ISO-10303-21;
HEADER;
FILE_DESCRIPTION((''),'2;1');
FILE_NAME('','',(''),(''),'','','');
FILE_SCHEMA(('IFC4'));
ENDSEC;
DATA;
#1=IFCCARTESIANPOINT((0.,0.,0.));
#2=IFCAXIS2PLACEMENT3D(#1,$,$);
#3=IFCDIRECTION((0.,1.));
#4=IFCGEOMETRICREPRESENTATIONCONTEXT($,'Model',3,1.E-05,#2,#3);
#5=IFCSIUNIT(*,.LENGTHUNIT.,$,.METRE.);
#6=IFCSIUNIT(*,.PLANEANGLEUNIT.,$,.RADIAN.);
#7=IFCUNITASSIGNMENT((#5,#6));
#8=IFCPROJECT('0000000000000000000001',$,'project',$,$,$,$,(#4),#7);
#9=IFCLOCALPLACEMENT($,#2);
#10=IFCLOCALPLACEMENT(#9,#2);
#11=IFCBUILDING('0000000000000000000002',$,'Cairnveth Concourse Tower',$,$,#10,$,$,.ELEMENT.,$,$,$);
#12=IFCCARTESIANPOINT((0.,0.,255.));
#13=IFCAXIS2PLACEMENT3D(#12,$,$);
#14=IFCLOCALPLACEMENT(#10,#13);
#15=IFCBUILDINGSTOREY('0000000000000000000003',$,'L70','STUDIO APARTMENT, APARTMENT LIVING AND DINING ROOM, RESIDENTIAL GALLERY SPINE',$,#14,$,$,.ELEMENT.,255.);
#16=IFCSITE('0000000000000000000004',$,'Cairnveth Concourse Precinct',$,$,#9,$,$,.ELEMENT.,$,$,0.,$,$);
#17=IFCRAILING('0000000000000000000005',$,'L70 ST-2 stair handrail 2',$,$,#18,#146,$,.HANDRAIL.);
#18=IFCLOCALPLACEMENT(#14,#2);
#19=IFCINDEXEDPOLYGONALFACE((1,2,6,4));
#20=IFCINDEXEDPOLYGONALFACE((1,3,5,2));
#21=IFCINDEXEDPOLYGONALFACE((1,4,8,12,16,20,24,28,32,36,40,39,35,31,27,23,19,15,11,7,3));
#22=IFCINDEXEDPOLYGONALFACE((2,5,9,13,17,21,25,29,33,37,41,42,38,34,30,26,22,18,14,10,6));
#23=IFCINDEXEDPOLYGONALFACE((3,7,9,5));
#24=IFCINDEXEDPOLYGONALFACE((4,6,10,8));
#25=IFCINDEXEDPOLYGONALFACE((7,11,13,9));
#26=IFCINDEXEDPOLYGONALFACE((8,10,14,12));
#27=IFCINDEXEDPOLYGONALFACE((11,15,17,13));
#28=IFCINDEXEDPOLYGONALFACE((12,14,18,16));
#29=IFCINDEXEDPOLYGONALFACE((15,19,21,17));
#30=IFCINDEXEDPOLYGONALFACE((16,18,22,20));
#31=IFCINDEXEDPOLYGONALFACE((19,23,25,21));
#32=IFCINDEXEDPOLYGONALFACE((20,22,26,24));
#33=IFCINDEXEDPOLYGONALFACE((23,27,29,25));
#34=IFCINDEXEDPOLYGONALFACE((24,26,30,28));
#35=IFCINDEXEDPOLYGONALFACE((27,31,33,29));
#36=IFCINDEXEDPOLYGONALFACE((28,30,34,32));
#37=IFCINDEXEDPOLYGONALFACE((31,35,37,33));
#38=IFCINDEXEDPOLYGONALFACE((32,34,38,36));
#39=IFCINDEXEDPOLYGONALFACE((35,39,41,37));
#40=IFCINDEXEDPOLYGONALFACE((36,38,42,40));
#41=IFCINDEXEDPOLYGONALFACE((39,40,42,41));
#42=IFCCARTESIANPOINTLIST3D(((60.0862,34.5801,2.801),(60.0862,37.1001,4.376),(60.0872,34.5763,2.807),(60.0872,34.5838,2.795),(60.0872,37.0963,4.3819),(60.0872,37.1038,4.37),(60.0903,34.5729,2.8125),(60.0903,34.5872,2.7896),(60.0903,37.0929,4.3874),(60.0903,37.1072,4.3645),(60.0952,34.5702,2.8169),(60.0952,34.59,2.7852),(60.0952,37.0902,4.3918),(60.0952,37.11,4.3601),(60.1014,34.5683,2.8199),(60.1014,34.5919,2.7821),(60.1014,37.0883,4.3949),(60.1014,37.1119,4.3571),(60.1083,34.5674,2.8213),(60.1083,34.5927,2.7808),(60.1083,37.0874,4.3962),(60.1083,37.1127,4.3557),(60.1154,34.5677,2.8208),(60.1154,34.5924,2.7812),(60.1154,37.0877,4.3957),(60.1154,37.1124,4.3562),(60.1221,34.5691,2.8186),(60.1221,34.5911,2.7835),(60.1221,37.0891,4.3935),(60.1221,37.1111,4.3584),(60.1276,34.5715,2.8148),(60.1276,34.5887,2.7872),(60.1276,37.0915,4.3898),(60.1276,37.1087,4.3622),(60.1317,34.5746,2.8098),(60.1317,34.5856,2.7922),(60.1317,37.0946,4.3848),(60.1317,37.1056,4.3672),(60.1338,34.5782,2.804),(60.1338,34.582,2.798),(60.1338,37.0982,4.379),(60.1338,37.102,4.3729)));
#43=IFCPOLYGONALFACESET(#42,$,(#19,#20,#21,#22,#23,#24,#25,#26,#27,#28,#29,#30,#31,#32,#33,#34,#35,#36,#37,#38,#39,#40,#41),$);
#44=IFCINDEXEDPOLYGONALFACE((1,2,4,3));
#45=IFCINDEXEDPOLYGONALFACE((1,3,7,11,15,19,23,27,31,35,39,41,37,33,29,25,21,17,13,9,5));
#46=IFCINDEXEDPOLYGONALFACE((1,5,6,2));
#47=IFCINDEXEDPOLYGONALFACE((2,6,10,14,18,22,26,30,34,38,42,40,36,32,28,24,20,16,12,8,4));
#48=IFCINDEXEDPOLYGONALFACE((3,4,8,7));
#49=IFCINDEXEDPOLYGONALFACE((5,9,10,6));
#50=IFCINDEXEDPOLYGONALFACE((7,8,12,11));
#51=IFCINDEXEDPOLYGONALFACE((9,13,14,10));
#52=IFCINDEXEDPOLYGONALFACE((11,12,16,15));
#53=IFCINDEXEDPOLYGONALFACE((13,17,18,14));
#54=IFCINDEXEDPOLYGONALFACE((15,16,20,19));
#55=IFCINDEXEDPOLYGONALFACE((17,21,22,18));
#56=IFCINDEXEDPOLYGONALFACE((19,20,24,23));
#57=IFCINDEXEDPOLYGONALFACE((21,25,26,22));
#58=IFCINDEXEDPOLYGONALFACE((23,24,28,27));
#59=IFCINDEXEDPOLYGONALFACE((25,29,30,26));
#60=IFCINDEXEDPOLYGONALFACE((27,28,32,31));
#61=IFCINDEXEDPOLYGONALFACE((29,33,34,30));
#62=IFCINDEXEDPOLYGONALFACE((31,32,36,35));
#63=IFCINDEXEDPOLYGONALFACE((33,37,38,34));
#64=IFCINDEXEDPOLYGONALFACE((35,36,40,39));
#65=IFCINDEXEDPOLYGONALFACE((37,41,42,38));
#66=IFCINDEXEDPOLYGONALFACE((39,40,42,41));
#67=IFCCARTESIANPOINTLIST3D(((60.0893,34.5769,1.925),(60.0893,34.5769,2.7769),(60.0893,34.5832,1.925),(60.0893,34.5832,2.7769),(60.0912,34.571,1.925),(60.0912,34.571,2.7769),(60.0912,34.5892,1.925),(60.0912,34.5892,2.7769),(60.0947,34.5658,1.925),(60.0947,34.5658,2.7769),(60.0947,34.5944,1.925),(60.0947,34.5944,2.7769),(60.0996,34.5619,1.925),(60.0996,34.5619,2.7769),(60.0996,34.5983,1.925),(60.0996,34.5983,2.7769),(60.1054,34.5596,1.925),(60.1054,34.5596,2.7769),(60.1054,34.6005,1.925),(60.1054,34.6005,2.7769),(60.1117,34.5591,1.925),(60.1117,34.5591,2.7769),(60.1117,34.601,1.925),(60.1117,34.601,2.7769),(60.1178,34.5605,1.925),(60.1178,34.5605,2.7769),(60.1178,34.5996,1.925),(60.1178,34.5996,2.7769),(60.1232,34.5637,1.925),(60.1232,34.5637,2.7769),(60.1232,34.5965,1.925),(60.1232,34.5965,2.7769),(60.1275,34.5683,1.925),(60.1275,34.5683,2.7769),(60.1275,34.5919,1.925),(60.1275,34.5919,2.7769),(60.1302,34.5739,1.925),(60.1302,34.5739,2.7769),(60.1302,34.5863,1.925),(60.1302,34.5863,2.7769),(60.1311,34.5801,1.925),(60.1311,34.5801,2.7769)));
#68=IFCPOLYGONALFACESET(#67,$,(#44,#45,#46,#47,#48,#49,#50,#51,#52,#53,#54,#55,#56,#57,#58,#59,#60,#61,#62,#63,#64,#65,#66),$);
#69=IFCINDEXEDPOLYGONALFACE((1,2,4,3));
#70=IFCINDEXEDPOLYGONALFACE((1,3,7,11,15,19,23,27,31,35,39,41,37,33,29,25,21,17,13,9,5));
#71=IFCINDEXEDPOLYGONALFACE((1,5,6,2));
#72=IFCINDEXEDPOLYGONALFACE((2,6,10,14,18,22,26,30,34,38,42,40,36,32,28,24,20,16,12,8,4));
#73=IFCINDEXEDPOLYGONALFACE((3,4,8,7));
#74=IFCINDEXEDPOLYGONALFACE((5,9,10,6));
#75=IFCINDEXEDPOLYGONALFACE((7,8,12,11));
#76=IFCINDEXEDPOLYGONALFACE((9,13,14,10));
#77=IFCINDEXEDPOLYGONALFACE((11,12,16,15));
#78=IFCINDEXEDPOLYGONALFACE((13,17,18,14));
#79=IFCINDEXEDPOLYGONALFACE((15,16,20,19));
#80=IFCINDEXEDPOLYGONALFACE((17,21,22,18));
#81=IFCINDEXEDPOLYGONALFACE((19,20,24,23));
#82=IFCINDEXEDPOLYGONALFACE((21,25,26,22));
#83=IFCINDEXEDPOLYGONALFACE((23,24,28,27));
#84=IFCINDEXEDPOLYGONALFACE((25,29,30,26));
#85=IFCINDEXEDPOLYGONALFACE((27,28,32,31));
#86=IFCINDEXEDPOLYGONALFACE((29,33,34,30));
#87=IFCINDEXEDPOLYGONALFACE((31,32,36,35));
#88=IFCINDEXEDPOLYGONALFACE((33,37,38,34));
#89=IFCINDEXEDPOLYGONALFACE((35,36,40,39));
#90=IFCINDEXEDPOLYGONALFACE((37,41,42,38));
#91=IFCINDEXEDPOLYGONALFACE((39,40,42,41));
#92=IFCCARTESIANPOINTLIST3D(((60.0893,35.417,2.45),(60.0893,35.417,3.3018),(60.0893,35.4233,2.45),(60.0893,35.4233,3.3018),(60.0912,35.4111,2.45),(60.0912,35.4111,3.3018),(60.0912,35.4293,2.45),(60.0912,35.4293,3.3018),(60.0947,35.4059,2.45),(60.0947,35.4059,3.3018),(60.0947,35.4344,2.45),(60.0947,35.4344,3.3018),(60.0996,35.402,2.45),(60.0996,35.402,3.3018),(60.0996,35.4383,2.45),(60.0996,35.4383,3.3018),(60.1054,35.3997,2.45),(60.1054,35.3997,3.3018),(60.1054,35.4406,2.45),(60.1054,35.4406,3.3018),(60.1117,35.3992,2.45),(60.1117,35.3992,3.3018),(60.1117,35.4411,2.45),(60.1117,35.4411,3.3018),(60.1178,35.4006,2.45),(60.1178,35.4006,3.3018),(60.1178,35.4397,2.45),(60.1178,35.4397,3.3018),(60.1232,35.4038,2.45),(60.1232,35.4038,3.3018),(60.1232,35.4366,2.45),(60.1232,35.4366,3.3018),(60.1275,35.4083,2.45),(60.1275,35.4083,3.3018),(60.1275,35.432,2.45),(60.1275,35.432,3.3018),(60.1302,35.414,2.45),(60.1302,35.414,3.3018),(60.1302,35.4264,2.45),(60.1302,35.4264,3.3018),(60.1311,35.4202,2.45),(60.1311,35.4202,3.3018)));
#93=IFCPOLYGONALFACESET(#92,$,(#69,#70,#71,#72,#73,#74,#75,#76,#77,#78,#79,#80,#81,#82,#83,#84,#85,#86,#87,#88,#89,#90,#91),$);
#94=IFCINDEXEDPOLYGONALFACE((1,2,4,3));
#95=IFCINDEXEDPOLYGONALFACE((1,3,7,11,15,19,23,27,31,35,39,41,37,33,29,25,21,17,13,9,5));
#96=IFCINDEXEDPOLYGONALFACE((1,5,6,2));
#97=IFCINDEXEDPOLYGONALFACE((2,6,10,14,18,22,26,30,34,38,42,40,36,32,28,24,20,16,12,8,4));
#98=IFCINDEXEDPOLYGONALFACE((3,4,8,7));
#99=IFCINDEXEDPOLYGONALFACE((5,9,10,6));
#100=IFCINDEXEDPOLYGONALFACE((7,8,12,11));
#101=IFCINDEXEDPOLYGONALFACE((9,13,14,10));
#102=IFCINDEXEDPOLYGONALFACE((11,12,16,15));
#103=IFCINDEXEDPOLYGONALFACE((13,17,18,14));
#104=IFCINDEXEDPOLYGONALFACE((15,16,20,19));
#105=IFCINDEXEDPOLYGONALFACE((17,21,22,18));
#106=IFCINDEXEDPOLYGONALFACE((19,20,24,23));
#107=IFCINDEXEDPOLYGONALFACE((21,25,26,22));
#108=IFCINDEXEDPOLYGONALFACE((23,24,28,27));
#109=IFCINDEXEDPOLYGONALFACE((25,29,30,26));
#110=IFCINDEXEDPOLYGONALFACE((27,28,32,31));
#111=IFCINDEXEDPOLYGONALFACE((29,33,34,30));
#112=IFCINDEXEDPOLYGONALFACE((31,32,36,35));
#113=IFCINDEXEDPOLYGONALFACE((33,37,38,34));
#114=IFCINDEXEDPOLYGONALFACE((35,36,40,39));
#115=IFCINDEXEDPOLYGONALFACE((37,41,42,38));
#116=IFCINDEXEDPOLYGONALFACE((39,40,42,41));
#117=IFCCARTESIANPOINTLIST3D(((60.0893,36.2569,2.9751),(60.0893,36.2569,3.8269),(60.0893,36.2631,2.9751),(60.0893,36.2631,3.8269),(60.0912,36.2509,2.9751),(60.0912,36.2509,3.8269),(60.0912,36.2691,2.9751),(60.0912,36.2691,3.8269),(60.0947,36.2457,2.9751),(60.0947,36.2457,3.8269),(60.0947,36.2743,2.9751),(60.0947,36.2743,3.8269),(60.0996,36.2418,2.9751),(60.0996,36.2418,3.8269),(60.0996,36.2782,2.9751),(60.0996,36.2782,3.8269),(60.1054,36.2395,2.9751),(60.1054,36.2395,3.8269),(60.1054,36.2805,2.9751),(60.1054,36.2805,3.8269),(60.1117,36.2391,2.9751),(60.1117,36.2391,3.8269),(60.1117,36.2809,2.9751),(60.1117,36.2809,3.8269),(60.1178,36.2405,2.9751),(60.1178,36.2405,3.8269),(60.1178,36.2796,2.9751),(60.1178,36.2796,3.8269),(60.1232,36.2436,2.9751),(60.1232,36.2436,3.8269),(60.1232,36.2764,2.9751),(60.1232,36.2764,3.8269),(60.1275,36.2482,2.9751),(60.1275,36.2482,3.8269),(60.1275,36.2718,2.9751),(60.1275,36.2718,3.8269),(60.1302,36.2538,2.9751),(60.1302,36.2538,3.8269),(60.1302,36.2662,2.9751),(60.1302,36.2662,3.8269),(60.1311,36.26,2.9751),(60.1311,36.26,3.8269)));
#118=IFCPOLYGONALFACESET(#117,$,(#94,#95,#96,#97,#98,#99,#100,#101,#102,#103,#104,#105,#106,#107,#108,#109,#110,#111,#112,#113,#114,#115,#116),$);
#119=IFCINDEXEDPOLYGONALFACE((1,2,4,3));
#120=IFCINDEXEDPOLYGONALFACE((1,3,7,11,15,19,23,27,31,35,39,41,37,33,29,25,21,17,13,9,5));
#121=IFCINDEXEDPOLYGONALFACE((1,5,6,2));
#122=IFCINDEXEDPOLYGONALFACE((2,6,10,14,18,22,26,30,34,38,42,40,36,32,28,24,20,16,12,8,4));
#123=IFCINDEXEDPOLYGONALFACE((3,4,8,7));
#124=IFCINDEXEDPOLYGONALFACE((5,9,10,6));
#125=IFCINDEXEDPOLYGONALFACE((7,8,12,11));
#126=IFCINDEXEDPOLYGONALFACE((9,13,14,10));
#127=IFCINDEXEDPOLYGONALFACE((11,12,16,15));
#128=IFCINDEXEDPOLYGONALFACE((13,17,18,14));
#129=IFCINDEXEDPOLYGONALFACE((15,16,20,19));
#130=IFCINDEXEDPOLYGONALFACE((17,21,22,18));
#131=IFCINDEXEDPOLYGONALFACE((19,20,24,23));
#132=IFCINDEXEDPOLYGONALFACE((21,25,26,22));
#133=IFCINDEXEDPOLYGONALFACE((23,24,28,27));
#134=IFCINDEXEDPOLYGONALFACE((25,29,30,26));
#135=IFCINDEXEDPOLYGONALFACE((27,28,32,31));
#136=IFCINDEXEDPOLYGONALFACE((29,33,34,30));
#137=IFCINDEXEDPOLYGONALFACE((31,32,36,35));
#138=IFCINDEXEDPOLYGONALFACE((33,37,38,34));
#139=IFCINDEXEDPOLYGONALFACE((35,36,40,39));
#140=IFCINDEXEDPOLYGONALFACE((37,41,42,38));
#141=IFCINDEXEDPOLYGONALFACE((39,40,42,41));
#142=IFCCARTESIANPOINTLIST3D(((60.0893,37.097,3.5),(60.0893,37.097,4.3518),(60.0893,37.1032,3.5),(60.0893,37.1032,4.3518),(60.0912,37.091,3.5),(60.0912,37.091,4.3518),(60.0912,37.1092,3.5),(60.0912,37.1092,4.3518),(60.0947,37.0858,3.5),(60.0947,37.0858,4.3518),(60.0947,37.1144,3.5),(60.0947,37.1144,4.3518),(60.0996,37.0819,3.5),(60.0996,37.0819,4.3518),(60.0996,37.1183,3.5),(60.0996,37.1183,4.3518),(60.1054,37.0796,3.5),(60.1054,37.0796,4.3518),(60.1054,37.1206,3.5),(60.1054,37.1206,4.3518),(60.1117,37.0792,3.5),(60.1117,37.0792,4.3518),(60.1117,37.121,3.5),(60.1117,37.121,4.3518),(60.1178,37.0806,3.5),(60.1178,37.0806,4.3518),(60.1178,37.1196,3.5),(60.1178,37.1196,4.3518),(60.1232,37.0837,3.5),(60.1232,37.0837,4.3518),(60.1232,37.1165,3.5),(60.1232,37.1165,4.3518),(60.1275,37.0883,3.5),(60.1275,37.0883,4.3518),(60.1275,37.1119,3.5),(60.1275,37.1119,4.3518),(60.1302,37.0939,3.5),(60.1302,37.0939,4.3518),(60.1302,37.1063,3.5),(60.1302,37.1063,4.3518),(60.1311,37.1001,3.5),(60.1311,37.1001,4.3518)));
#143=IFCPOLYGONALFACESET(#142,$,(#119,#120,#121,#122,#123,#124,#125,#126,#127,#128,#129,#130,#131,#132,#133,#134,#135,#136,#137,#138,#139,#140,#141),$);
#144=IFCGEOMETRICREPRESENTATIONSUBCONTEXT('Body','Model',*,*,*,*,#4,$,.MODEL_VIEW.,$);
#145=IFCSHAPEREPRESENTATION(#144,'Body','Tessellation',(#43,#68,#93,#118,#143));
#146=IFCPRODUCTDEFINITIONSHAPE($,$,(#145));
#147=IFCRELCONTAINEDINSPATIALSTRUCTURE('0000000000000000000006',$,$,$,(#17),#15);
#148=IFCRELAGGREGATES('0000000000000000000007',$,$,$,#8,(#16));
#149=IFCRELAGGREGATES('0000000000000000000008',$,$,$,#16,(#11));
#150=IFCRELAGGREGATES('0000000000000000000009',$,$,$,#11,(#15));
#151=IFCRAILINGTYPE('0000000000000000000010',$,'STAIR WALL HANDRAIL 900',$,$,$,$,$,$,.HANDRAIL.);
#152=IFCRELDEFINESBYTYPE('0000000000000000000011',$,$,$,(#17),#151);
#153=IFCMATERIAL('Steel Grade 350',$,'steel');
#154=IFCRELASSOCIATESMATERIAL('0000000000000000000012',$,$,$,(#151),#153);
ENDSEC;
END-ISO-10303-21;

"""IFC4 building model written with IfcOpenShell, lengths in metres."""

from ifc_helpers import new_model, si_unit, direction, frame, origin, origin_2d, place, context, subcontext, project, spatial, circle, extrude, material, type_object, element, save


model = new_model("IFC4")

# Units and contexts
model_context = context("Model", 3, precision=1e-05, world=origin(), true_north=direction((0.0, 1.0)))
body_context = subcontext(model_context, "Body", "Model", "MODEL_VIEW")
ifc_project = project(units=[si_unit("LENGTHUNIT", "METRE"), si_unit("PLANEANGLEUNIT", "RADIAN")], contexts=[model_context])

# Site, building, storey
site_placement = place(None, origin())
site = spatial("IfcSite", under=ifc_project, at=site_placement, Name="Cairnveth Concourse Precinct", CompositionType="ELEMENT", RefElevation=0.0)
building_placement = place(site_placement, origin())
building = spatial("IfcBuilding", under=site, at=building_placement, Name="Cairnveth Concourse Tower", CompositionType="ELEMENT")
storey_placement = place(building_placement, frame((0.0, 0.0, 255.0)))
storey = spatial("IfcBuildingStorey", under=building, at=storey_placement, Name="L70", Description="STUDIO APARTMENT, APARTMENT LIVING AND DINING ROOM, RESIDENTIAL GALLERY SPINE", CompositionType="ELEMENT", Elevation=255.0)

# Shared definitions
ifc_material_1 = material(Name="Steel Grade 350", Category="steel")

# Railing
railing_type_1 = type_object("IfcRailingType", Name="STAIR WALL HANDRAIL 900", PredefinedType="HANDRAIL", material=ifc_material_1)
railing_1_placement = place(storey_placement, frame((60.1101, 34.5801, 1.925)))
element("IfcRailing", 1, at=railing_1_placement, inside=storey, type_object=railing_type_1, Name="L70 ST-2 stair handrail 2", PredefinedType="HANDRAIL", context=body_context, shape_type="SweptSolid", body=[
    extrude(circle(Radius=0.0239, at=origin_2d()), frame((0.0, 0.0, 0.876), z_axis=(0.0, 0.848008, 0.529984), x_axis=(-1.0, 0.0, 0.0)), (0.0, 0.0, 1.0), 2.9717),
    extrude(circle(Radius=0.021, at=origin_2d()), origin(), (0.0, 0.0, 1.0), 0.8518),
    extrude(circle(Radius=0.021, at=origin_2d()), frame((0.0, 0.8401, 0.5249)), (0.0, 0.0, 1.0), 0.8518),
    extrude(circle(Radius=0.021, at=origin_2d()), frame((0.0, 1.6799, 1.05)), (0.0, 0.0, 1.0), 0.8518),
    extrude(circle(Radius=0.021, at=origin_2d()), frame((0.0, 2.52, 1.575)), (0.0, 0.0, 1.0), 0.8518),
])

save(model, "model.ifc")
